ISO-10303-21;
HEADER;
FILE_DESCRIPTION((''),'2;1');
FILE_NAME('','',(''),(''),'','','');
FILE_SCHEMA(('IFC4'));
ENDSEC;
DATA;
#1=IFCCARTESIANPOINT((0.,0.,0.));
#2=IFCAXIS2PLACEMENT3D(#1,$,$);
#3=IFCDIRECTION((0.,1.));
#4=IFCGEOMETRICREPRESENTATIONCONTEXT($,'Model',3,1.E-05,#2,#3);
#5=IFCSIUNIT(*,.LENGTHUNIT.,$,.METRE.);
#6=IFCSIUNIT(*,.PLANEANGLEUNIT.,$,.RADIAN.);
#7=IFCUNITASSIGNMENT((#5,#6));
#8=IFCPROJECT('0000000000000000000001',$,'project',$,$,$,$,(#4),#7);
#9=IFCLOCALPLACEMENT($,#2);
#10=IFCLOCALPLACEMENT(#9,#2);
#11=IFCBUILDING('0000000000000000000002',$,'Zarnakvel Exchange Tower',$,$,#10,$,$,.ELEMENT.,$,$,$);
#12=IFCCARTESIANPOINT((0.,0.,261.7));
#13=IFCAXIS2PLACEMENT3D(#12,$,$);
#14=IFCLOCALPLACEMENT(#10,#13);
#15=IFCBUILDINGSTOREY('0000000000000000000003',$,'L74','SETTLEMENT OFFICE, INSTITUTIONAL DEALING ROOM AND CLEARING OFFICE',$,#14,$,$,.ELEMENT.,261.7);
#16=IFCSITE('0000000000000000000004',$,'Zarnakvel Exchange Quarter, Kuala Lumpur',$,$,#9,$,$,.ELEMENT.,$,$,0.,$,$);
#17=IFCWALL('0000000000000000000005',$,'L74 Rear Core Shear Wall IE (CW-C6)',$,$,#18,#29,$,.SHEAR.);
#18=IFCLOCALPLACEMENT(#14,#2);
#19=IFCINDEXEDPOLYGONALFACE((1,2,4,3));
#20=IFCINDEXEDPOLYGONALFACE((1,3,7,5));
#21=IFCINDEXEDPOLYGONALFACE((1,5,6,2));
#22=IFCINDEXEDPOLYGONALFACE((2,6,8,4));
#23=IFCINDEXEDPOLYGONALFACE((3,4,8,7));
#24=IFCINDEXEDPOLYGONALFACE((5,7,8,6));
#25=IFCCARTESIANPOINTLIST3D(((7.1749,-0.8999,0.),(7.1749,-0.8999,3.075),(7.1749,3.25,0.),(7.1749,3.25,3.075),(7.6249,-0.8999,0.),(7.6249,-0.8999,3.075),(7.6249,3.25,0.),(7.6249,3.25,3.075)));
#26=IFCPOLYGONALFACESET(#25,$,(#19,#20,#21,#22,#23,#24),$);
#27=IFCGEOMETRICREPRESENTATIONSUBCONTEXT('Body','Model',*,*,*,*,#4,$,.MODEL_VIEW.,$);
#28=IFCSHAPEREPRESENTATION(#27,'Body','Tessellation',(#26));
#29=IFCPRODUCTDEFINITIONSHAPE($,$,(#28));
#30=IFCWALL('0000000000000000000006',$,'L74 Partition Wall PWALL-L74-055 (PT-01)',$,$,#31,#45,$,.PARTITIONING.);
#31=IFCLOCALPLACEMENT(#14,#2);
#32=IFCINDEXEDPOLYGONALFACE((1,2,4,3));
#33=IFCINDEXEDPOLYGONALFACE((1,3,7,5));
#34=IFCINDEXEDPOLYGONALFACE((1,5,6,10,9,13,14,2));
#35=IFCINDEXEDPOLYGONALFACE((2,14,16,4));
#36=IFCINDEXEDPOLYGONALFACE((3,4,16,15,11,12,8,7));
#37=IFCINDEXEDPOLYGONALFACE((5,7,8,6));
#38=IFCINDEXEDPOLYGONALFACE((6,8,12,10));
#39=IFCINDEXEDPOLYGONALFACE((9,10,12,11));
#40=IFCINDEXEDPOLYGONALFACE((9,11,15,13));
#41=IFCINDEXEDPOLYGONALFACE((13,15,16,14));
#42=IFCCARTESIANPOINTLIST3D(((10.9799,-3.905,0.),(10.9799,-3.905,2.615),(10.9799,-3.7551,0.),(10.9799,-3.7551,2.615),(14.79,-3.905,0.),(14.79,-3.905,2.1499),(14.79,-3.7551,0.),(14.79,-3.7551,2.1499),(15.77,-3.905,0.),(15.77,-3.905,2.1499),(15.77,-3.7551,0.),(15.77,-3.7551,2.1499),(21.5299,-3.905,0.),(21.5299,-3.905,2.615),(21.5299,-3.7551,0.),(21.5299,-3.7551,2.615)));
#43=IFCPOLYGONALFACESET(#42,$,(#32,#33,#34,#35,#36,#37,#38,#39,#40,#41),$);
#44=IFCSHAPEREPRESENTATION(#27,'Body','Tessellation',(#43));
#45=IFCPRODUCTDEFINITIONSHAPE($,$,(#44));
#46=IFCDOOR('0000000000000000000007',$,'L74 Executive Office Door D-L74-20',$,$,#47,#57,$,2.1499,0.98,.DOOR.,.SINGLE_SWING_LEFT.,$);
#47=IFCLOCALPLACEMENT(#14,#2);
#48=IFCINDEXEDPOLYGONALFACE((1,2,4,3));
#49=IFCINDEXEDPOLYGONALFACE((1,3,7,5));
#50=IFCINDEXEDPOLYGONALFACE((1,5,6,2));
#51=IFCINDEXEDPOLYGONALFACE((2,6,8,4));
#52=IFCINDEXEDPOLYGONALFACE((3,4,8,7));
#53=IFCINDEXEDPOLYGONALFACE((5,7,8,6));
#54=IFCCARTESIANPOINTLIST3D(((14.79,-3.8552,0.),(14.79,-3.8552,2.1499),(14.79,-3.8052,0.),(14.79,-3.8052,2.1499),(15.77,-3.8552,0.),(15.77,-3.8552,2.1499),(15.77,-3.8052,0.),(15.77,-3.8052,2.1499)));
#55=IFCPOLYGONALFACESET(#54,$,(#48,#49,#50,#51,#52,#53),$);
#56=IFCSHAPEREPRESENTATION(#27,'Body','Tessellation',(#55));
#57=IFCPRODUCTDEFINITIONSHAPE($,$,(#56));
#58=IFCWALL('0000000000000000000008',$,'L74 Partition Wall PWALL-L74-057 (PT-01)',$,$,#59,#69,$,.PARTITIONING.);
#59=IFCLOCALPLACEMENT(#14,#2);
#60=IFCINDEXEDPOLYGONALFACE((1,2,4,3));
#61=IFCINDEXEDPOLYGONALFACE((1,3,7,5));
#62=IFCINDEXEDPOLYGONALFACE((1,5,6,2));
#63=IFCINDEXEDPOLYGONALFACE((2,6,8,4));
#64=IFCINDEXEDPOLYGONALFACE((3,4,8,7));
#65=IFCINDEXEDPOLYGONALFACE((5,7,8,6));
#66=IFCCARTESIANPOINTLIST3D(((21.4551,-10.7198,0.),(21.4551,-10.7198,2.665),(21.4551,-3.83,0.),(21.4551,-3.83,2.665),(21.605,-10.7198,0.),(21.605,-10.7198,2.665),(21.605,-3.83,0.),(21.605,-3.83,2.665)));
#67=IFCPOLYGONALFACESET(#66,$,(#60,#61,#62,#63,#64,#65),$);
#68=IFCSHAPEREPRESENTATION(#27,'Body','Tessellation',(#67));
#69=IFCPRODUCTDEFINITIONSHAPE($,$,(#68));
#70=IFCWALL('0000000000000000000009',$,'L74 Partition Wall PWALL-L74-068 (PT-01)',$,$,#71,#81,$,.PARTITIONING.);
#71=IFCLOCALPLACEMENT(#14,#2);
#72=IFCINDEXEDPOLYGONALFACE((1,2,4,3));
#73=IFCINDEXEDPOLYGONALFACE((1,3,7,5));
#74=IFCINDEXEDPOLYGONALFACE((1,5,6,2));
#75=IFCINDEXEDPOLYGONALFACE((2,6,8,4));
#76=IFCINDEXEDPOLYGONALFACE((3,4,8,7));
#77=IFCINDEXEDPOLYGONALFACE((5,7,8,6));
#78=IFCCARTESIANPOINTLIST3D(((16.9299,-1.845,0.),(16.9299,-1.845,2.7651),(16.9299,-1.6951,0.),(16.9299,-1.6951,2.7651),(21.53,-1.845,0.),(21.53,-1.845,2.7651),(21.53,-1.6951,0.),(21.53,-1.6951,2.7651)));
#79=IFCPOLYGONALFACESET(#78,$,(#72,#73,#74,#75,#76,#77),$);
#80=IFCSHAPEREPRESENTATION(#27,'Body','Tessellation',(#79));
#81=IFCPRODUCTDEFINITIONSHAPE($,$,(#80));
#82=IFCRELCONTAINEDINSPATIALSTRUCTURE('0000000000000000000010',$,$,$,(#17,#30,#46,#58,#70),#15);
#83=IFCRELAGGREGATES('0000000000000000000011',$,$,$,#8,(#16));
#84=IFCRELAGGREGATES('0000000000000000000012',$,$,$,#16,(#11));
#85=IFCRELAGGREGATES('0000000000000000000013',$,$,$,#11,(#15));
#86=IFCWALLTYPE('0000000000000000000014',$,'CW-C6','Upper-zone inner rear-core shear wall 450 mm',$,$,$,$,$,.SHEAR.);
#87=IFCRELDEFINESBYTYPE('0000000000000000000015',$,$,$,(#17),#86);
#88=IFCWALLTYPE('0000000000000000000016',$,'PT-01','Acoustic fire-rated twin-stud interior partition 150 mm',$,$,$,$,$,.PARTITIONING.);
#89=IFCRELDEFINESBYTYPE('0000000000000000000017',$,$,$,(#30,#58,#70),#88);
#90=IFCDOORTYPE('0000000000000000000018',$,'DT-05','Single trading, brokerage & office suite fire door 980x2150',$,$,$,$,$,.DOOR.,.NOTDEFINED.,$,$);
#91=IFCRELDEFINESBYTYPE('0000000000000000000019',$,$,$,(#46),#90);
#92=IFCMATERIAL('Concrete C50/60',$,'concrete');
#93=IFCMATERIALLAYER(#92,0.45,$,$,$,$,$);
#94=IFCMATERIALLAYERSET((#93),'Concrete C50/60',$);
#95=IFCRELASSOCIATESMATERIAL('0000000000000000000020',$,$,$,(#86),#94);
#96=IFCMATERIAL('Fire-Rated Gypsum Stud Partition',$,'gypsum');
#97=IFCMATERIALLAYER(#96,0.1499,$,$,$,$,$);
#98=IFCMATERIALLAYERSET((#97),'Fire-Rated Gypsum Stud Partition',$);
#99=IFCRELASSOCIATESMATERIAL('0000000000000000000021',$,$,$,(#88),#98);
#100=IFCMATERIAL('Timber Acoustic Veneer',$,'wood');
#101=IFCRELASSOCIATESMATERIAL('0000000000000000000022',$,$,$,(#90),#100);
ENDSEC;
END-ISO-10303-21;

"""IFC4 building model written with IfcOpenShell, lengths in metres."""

from ifc_helpers import new_model, si_unit, direction, frame, frame_2d, origin, place, context, subcontext, project, spatial, rectangle, extrude, source, transform, mapped, material, layer, layer_set, type_object, element, fill, save


model = new_model("IFC4")

# Units and contexts
model_context = context("Model", 3, precision=1e-05, world=origin(), true_north=direction((0.0, 1.0)))
body_context = subcontext(model_context, "Body", "Model", "MODEL_VIEW")
ifc_project = project(units=[si_unit("LENGTHUNIT", "METRE"), si_unit("PLANEANGLEUNIT", "RADIAN")], contexts=[model_context])

# Site, building, storey
site_placement = place(None, origin())
site = spatial("IfcSite", under=ifc_project, at=site_placement, Name="Zarnakvel Exchange Quarter, Kuala Lumpur", CompositionType="ELEMENT", RefElevation=0.0)
building_placement = place(site_placement, origin())
building = spatial("IfcBuilding", under=site, at=building_placement, Name="Zarnakvel Exchange Tower", CompositionType="ELEMENT")
storey_placement = place(building_placement, frame((0.0, 0.0, 261.7)))
storey = spatial("IfcBuildingStorey", under=building, at=storey_placement, Name="L74", Description="SETTLEMENT OFFICE, INSTITUTIONAL DEALING ROOM AND CLEARING OFFICE", CompositionType="ELEMENT", Elevation=261.7)

# Shared definitions
ifc_material_1 = material(Name="Concrete C50/60", Category="concrete")

# Wall
ifc_layer_1 = layer(ifc_material_1, 0.45)
ifc_layer_set_1 = layer_set([ifc_layer_1], Name="Concrete C50/60")
wall_type_1 = type_object("IfcWallType", Name="CW-C6", Description="Upper-zone inner rear-core shear wall 450 mm", PredefinedType="SHEAR", material=ifc_layer_set_1)
wall_1_placement = place(storey_placement, frame((7.3999, -0.8999, 0.0), z_axis=(0.0, 0.0, 1.0), x_axis=(0.0, 1.0, 0.0)))
element("IfcWall", 1, at=wall_1_placement, inside=storey, type_object=wall_type_1, Name="L74 Rear Core Shear Wall IE (CW-C6)", PredefinedType="SHEAR", context=body_context, shape_type="SweptSolid", body=[
    extrude(rectangle(XDim=4.1499, YDim=0.45, at=frame_2d((2.075, 0.0))), origin(), (0.0, 0.0, 1.0), 3.075),
])

# Wall, opening, door
ifc_material_2 = material(Name="Fire-Rated Gypsum Stud Partition", Category="gypsum")
ifc_layer_2 = layer(ifc_material_2, 0.1499)
ifc_layer_set_2 = layer_set([ifc_layer_2], Name="Fire-Rated Gypsum Stud Partition")
wall_type_2 = type_object("IfcWallType", Name="PT-01", Description="Acoustic fire-rated twin-stud interior partition 150 mm", PredefinedType="PARTITIONING", material=ifc_layer_set_2)
wall_2_placement = place(storey_placement, frame((10.98, -3.8301, 0.0), z_axis=(0.0, 0.0, 1.0), x_axis=(1.0, 0.0, 0.0)))
wall_2 = element("IfcWall", 2, at=wall_2_placement, inside=storey, type_object=wall_type_2, Name="L74 Partition Wall PWALL-L74-055 (PT-01)", PredefinedType="PARTITIONING", context=body_context, shape_type="SweptSolid", body=[
    extrude(rectangle(XDim=10.55, YDim=0.1499, at=frame_2d((5.2749, 0.0))), origin(), (0.0, 0.0, 1.0), 2.615),
])
opening_1_placement = place(wall_2_placement, frame((3.8101, 0.0, 0.0)))
opening_1 = element("IfcOpeningElement", 3, at=opening_1_placement, cuts=wall_2, PredefinedType="OPENING", context=body_context, shape_type="SweptSolid", body=[
    extrude(rectangle(XDim=0.98, YDim=2.1499, at=frame_2d((0.49, 1.075))), frame((0.0, 0.085, 0.0), z_axis=(0.0, -1.0, 0.0), x_axis=(1.0, 0.0, 0.0)), (0.0, 0.0, 1.0), 0.1699),
])
ifc_material_3 = material(Name="Timber Acoustic Veneer", Category="wood")
door_type_1 = type_object("IfcDoorType", Name="DT-05", Description="Single trading, brokerage & office suite fire door 980x2150", OperationType="NOTDEFINED", PredefinedType="DOOR", material=ifc_material_3)
shared_shape_1 = source(origin(), body_context, "Body", "SweptSolid", [
    extrude(rectangle(XDim=0.98, YDim=2.1499, at=frame_2d((0.49, 1.075))), frame((0.0, 0.0249, 0.0), z_axis=(0.0, -1.0, 0.0), x_axis=(1.0, 0.0, 0.0)), (0.0, 0.0, 1.0), 0.05),
])
door_1_placement = place(opening_1_placement, origin())
door_1 = element("IfcDoor", 4, at=door_1_placement, inside=storey, type_object=door_type_1, Name="L74 Executive Office Door D-L74-20", OperationType="SINGLE_SWING_LEFT", OverallHeight=2.1499, OverallWidth=0.98, PredefinedType="DOOR", context=body_context, shape_type="MappedRepresentation", body=[
    mapped(shared_shape_1, transform((0.0, 0.0, 0.0), x_axis=(1.0, 0.0, 0.0), y_axis=(0.0, 1.0, 0.0), z_axis=(0.0, 0.0, 1.0), scale=1.0)),
])
fill(opening_1, door_1)

# Walls
wall_3_placement = place(storey_placement, frame((21.53, -3.8301, 0.0), z_axis=(0.0, 0.0, 1.0), x_axis=(0.0, -1.0, 0.0)))
element("IfcWall", 5, at=wall_3_placement, inside=storey, type_object=wall_type_2, Name="L74 Partition Wall PWALL-L74-057 (PT-01)", PredefinedType="PARTITIONING", context=body_context, shape_type="SweptSolid", body=[
    extrude(rectangle(XDim=6.8899, YDim=0.1499, at=frame_2d((3.4448, 0.0))), origin(), (0.0, 0.0, 1.0), 2.665),
])
wall_4_placement = place(storey_placement, frame((21.53, -1.77, 0.0), z_axis=(0.0, 0.0, 1.0), x_axis=(-1.0, 0.0, 0.0)))
element("IfcWall", 6, at=wall_4_placement, inside=storey, type_object=wall_type_2, Name="L74 Partition Wall PWALL-L74-068 (PT-01)", PredefinedType="PARTITIONING", context=body_context, shape_type="SweptSolid", body=[
    extrude(rectangle(XDim=4.6001, YDim=0.1499, at=frame_2d((2.3, 0.0))), origin(), (0.0, 0.0, 1.0), 2.7651),
])

save(model, "model.ifc")
